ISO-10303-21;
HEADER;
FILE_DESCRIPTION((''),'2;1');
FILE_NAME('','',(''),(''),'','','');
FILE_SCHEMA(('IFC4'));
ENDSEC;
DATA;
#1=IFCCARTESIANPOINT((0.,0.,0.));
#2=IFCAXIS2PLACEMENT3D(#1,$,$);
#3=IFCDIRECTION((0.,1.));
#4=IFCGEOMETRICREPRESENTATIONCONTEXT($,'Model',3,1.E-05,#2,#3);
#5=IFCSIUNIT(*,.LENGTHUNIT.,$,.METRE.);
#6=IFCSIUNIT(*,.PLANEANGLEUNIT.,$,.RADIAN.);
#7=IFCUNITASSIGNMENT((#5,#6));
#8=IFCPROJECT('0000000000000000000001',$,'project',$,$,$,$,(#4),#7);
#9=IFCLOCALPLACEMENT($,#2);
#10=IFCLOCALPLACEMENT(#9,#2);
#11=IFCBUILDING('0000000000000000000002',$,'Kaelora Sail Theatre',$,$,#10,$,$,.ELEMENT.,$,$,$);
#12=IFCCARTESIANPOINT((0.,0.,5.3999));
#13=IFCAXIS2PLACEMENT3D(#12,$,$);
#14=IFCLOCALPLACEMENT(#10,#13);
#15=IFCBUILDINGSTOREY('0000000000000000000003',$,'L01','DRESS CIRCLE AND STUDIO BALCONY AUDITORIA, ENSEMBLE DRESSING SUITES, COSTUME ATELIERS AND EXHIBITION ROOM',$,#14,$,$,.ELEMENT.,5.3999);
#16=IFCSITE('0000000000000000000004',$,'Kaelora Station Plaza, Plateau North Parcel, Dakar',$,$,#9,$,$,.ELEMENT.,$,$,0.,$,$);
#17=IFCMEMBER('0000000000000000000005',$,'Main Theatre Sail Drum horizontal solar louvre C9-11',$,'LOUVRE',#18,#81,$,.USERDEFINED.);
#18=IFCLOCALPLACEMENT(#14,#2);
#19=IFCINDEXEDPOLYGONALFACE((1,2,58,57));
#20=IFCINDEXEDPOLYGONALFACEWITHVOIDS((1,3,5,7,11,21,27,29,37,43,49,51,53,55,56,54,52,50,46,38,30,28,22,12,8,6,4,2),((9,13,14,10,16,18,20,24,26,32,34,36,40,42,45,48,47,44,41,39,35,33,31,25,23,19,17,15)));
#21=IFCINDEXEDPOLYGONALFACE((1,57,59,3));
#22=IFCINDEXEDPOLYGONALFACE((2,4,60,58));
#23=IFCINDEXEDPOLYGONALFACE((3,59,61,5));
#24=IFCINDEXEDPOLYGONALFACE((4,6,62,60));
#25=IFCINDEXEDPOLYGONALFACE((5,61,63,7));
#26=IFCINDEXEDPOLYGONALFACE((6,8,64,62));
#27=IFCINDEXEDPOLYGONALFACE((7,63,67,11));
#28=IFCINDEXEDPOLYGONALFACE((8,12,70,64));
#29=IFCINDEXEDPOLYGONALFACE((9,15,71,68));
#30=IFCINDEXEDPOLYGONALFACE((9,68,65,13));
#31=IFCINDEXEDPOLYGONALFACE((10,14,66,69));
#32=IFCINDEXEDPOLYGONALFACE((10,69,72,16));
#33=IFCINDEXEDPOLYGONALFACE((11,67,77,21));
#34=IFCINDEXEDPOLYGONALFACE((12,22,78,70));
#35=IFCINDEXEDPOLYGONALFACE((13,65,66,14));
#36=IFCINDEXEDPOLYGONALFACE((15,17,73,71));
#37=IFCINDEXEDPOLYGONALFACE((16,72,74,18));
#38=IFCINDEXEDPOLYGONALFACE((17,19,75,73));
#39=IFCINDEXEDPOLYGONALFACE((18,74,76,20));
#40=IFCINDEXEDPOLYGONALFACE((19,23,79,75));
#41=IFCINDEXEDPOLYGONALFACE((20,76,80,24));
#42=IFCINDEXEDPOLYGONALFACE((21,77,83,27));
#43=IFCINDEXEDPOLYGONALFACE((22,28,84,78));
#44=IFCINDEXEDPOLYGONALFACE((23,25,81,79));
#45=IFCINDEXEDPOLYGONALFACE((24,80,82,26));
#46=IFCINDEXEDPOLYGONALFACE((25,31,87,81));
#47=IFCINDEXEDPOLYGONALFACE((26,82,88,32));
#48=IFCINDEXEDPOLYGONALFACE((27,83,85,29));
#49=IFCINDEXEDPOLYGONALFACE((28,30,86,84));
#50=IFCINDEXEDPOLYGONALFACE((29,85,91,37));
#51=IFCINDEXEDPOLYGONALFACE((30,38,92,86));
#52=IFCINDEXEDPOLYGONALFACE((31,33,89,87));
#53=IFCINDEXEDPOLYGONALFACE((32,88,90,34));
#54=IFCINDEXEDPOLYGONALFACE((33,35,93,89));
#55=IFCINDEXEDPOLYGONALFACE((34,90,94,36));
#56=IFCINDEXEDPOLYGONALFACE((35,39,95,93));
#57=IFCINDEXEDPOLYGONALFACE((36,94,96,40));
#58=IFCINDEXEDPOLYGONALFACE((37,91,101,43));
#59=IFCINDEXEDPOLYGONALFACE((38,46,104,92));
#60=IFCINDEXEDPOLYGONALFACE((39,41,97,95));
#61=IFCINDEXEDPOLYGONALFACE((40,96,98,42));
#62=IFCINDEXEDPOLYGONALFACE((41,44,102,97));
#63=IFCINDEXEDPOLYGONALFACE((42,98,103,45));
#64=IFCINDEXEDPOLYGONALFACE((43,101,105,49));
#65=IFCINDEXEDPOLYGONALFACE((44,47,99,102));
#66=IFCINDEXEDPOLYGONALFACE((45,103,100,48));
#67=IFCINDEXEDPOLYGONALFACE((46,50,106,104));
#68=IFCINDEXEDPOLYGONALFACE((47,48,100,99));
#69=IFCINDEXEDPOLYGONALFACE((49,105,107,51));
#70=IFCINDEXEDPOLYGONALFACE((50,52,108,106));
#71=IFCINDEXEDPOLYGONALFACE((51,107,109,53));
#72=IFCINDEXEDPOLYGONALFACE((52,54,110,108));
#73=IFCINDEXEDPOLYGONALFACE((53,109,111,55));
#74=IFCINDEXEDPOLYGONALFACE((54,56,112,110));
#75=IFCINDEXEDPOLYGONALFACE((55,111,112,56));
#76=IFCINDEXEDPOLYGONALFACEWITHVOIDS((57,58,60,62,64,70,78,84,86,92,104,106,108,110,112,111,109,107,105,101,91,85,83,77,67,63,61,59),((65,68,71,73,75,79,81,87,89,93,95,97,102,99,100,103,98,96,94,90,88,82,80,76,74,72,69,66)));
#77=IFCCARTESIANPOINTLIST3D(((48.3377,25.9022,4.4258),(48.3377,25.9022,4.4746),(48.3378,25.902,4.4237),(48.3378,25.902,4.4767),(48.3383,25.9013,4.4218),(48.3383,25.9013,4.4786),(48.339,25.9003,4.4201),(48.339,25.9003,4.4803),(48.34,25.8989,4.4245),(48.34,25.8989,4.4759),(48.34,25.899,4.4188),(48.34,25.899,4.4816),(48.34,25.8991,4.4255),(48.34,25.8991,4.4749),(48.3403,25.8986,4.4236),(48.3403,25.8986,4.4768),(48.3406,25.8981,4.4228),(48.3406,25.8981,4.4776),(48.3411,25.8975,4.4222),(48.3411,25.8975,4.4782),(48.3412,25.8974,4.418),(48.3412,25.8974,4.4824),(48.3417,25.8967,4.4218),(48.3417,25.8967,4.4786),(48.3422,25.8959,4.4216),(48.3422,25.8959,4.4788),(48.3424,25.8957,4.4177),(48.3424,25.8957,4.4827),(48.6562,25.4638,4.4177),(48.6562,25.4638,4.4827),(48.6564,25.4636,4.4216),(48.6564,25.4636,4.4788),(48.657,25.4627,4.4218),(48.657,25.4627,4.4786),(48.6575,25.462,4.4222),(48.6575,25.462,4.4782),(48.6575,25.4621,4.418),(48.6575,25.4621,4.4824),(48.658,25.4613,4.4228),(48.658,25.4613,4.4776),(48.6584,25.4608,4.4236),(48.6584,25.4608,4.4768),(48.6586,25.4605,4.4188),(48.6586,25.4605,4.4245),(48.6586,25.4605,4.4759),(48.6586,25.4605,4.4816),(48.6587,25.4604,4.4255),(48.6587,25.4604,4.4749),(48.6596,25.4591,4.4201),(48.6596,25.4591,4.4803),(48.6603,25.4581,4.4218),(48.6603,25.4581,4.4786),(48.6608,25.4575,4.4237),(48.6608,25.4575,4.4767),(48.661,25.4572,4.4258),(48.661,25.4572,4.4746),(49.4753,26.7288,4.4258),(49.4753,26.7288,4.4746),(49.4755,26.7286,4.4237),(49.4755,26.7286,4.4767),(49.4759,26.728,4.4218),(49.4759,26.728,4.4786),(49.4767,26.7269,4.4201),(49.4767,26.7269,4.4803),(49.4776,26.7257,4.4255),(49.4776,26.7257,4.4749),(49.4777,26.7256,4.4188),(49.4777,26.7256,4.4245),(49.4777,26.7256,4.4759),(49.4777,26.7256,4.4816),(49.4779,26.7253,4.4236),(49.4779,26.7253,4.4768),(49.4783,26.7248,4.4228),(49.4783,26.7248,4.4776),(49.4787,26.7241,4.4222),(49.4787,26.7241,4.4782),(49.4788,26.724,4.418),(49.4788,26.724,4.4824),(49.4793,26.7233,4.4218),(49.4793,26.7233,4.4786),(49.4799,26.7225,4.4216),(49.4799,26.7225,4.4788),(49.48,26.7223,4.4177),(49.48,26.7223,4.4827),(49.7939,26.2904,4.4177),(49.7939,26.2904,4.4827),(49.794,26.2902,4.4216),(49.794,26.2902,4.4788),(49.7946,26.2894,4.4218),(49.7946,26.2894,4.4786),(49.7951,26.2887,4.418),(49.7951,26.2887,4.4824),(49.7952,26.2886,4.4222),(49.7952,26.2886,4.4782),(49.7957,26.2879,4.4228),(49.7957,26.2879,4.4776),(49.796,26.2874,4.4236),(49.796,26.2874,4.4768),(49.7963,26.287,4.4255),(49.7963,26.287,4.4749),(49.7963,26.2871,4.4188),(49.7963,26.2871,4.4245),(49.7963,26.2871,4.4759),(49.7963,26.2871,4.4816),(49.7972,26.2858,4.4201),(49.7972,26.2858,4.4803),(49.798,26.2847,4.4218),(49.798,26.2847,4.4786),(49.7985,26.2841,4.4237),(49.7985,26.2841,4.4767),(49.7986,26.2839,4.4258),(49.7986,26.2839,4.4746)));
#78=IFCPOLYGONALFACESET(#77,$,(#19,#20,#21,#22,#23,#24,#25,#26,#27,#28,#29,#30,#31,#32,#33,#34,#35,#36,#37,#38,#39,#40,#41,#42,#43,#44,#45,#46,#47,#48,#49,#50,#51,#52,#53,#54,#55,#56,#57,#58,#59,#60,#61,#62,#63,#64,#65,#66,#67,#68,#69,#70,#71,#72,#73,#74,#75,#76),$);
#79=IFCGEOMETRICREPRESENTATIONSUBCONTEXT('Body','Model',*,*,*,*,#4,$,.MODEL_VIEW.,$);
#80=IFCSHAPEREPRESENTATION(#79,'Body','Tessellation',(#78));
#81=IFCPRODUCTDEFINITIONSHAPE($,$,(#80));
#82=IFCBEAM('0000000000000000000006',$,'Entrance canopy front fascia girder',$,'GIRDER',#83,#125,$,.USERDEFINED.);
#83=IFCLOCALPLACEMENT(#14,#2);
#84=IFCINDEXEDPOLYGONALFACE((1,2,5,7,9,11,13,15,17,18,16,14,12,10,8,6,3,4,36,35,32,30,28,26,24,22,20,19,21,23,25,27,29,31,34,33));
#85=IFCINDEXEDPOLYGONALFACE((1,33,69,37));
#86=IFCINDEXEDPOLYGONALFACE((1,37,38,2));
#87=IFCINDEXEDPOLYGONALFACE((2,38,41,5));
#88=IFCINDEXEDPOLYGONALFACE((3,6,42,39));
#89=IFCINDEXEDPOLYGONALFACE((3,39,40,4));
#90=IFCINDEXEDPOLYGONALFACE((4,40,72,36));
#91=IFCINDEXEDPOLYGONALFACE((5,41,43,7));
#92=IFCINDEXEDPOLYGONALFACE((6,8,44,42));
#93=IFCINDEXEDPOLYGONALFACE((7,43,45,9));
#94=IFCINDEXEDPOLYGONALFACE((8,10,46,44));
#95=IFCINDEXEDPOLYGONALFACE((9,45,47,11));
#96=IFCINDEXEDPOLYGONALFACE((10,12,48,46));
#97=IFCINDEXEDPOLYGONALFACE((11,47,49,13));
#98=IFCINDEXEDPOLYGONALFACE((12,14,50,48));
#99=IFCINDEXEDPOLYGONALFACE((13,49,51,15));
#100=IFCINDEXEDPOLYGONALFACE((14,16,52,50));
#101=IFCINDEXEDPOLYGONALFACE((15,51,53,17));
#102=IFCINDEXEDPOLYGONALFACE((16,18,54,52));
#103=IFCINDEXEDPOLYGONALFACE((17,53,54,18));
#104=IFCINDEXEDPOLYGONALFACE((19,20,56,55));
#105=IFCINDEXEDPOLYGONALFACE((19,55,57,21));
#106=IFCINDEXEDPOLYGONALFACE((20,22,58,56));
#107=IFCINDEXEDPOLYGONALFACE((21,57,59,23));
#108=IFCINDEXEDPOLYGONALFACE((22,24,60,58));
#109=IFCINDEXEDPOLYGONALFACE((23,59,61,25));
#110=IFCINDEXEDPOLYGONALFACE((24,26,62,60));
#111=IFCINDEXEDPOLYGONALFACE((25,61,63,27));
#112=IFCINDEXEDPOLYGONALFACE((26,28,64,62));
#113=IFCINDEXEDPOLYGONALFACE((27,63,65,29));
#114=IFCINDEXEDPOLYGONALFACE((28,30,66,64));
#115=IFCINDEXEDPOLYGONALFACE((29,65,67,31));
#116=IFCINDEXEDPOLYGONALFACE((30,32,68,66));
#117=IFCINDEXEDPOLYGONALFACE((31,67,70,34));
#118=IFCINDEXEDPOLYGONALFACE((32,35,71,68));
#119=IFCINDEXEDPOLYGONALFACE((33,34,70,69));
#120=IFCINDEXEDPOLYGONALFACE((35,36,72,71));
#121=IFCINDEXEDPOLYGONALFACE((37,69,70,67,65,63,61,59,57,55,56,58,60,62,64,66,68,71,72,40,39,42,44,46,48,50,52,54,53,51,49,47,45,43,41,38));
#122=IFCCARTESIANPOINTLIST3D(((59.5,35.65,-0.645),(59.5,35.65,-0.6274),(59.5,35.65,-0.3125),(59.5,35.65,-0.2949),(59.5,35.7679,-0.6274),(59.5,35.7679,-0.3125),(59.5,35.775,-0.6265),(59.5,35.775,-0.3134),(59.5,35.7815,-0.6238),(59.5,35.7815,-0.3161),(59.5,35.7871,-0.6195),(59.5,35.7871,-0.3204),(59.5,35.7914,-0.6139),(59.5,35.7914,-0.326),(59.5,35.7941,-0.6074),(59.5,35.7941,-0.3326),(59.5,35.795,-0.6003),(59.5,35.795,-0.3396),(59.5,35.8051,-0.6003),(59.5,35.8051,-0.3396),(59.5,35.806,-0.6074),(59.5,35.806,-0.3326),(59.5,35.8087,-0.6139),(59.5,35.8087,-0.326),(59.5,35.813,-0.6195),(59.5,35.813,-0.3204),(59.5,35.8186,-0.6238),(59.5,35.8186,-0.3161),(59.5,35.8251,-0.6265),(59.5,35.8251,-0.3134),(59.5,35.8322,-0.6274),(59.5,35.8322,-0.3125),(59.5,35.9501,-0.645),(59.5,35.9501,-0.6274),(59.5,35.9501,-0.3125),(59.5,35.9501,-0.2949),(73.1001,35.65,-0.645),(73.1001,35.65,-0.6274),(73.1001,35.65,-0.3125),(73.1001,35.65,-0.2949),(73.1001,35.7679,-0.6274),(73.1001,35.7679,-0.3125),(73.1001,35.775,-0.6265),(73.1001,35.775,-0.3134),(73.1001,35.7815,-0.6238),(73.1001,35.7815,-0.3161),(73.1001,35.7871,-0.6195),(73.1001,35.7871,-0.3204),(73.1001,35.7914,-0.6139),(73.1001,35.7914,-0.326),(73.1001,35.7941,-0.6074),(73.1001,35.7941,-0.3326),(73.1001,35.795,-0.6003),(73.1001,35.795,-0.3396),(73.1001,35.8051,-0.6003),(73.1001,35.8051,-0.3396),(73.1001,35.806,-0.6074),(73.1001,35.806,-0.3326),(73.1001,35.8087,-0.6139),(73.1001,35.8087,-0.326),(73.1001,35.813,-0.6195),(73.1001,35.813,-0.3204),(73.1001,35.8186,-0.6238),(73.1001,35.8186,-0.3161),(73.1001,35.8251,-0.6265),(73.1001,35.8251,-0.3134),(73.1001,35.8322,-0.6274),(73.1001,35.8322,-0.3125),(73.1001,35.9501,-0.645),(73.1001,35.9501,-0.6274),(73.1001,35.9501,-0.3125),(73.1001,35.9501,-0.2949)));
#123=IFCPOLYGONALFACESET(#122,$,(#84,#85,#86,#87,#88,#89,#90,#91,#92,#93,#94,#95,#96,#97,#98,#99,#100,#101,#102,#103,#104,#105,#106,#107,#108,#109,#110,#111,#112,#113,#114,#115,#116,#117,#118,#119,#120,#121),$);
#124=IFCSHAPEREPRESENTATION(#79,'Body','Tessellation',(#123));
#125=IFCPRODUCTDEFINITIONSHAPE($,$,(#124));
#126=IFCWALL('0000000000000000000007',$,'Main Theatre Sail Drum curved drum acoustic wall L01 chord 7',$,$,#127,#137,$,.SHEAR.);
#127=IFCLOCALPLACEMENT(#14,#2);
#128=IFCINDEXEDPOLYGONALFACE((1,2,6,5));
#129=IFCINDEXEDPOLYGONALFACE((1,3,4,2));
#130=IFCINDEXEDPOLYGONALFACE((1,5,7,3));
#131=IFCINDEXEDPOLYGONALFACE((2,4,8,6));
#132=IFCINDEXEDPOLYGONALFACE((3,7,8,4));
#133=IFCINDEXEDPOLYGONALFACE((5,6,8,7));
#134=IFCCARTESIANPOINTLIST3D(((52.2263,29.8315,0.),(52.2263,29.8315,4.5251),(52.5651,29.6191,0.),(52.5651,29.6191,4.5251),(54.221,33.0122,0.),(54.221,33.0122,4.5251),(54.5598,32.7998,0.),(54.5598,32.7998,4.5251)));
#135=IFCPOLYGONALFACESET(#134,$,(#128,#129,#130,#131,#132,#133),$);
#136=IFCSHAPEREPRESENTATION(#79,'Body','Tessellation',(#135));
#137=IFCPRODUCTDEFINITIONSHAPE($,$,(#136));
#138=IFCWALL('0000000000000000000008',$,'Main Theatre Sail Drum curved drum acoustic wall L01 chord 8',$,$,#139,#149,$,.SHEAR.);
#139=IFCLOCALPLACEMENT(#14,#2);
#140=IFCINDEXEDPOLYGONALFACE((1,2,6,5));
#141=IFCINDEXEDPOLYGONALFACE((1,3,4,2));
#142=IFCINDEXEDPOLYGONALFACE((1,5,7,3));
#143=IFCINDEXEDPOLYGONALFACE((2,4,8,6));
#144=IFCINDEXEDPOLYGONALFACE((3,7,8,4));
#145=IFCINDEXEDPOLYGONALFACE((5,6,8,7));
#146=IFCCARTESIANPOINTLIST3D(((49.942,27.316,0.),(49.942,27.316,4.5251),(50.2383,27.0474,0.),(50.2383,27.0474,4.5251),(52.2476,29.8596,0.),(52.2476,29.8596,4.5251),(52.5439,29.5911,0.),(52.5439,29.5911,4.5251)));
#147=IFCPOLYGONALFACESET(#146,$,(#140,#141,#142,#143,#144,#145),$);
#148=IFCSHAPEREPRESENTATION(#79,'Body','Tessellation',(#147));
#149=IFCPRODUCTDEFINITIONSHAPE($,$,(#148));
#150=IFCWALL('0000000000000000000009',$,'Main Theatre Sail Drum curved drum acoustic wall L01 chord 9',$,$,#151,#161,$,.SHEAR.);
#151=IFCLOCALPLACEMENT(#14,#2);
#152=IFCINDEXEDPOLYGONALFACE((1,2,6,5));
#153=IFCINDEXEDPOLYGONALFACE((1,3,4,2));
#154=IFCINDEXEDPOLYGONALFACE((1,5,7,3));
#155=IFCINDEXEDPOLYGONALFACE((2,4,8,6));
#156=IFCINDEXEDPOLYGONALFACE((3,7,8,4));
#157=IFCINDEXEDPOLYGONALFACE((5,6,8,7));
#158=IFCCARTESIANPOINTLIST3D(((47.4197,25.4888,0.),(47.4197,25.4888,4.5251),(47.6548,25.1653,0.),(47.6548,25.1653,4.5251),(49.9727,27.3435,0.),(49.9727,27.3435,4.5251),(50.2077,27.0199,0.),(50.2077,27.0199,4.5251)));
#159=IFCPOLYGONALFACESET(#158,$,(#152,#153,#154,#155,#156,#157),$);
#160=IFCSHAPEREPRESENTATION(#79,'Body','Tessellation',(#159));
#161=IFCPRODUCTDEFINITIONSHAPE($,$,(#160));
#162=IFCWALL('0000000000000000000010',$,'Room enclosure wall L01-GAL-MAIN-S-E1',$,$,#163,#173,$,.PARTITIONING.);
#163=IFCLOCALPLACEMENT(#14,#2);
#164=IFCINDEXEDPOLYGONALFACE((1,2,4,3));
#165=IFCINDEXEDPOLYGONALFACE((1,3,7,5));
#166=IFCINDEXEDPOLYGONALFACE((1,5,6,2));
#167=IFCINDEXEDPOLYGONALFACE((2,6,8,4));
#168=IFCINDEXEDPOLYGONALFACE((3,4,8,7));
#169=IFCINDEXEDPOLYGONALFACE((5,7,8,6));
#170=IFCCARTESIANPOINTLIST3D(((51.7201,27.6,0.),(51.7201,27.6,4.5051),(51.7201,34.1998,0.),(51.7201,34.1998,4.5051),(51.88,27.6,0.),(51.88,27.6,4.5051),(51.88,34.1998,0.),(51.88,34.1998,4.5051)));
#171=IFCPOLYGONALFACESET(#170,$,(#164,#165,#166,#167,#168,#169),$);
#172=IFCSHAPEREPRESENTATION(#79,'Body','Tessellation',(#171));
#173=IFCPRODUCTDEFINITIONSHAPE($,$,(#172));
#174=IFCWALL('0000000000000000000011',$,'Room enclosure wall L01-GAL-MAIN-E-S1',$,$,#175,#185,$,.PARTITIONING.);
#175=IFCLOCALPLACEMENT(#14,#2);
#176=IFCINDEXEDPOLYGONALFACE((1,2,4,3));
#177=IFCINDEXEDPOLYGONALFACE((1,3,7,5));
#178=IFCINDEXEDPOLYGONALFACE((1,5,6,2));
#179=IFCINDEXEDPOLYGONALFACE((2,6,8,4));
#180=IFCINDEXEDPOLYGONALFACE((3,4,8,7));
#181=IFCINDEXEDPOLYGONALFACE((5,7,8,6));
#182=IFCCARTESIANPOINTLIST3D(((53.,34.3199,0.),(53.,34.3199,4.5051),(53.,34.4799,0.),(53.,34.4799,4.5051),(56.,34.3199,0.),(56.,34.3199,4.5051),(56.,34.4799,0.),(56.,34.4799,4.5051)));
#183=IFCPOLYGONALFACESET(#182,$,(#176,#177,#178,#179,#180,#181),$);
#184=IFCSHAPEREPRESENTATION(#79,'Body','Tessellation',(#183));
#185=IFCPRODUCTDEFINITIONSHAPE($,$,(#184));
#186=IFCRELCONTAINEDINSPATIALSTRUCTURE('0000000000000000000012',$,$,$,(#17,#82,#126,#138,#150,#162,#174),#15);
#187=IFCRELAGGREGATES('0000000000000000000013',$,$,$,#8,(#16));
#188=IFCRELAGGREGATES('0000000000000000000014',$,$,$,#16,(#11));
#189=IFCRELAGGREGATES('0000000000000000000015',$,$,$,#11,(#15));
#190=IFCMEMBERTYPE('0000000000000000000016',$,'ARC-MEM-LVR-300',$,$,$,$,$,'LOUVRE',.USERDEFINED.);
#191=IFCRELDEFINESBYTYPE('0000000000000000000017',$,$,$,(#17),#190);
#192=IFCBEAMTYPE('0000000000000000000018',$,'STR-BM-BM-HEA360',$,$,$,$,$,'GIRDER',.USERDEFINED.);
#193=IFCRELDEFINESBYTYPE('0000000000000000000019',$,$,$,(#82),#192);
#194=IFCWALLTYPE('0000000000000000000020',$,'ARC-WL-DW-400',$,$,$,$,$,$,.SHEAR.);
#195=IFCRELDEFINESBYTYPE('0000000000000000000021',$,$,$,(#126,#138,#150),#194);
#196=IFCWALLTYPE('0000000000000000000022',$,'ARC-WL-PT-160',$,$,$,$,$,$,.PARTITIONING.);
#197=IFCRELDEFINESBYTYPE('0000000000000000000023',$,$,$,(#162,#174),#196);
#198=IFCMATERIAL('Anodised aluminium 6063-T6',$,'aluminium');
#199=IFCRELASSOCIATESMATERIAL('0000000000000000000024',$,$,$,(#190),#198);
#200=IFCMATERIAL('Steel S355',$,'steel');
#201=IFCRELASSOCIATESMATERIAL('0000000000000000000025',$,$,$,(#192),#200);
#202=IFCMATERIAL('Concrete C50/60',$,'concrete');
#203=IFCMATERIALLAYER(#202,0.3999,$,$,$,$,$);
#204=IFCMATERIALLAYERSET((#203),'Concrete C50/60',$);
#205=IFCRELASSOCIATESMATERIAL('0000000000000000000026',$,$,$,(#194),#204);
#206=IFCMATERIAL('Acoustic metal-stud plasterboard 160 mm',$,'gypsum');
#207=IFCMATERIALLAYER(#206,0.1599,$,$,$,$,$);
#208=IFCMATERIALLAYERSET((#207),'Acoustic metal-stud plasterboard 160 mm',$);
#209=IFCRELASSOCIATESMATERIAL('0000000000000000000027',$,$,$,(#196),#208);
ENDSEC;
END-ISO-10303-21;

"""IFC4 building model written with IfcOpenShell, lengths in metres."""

from ifc_helpers import new_model, si_unit, direction, frame, frame_2d, origin, origin_2d, place, context, subcontext, project, spatial, rectangle, hollow_rectangle, i_section, extrude, material, layer, layer_set, material_profile, profile_set, type_object, element, save


model = new_model("IFC4")

# Units and contexts
model_context = context("Model", 3, precision=1e-05, world=origin(), true_north=direction((0.0, 1.0)))
body_context = subcontext(model_context, "Body", "Model", "MODEL_VIEW")
ifc_project = project(units=[si_unit("LENGTHUNIT", "METRE"), si_unit("PLANEANGLEUNIT", "RADIAN")], contexts=[model_context])

# Site, building, storey
site_placement = place(None, origin())
site = spatial("IfcSite", under=ifc_project, at=site_placement, Name="Kaelora Station Plaza, Plateau North Parcel, Dakar", CompositionType="ELEMENT", RefElevation=0.0)
building_placement = place(site_placement, origin())
building = spatial("IfcBuilding", under=site, at=building_placement, Name="Kaelora Sail Theatre", CompositionType="ELEMENT")
storey_placement = place(building_placement, frame((0.0, 0.0, 5.3999)))
storey = spatial("IfcBuildingStorey", under=building, at=storey_placement, Name="L01", Description="DRESS CIRCLE AND STUDIO BALCONY AUDITORIA, ENSEMBLE DRESSING SUITES, COSTUME ATELIERS AND EXHIBITION ROOM", CompositionType="ELEMENT", Elevation=5.3999)

# Member
ifc_material_1 = material(Name="Anodised aluminium 6063-T6", Category="aluminium")
ifc_material_profile_1 = material_profile(ifc_material_1, hollow_rectangle(XDim=0.55, YDim=0.0649, WallThickness=0.0039, InnerFilletRadius=0.0039, OuterFilletRadius=0.0081, at=origin_2d()), Name="LOUVRE 550x65x4")
ifc_profile_set_1 = profile_set([ifc_material_profile_1], Name="Anodised aluminium 6063-T6")
member_type = type_object("IfcMemberType", Name="ARC-MEM-LVR-300", ElementType="LOUVRE", PredefinedType="USERDEFINED", material=ifc_profile_set_1)
for number, where, z_axis, x_axis, name in (
    (1, (49.637, 26.5063, 4.4502), (-0.808991, -0.587821, 0.0), (0.587821, -0.808991, 0.0), "Main Theatre Sail Drum horizontal solar louvre C9-11"),
):
    element("IfcMember", number, at=place(storey_placement, frame(where, z_axis=z_axis, x_axis=x_axis)), inside=storey, type_object=member_type, Name=name, ObjectType="LOUVRE", PredefinedType="USERDEFINED", context=body_context, shape_type="SweptSolid", body=[
        extrude(hollow_rectangle(XDim=0.55, YDim=0.0649, WallThickness=0.0039, InnerFilletRadius=0.0039, OuterFilletRadius=0.0081, at=origin_2d()), origin(), (0.0, 0.0, 1.0), 1.4062),
    ])

# Beam
ifc_material_2 = material(Name="Steel S355", Category="steel")
ifc_material_profile_2 = material_profile(ifc_material_2, i_section(OverallWidth=0.3, OverallDepth=0.3501, WebThickness=0.01, FlangeThickness=0.0176, FilletRadius=0.0271, at=origin_2d()), Name="HEA 360")
ifc_profile_set_2 = profile_set([ifc_material_profile_2], Name="Steel S355")
beam_type = type_object("IfcBeamType", Name="STR-BM-BM-HEA360", ElementType="GIRDER", PredefinedType="USERDEFINED", material=ifc_profile_set_2)
beam_placement = place(storey_placement, frame((59.5, 35.8, -0.47), z_axis=(1.0, 0.0, 0.0), x_axis=(0.0, 1.0, 0.0)))
element("IfcBeam", 2, at=beam_placement, inside=storey, type_object=beam_type, Name="Entrance canopy front fascia girder", ObjectType="GIRDER", PredefinedType="USERDEFINED", context=body_context, shape_type="SweptSolid", body=[
    extrude(i_section(OverallWidth=0.3, OverallDepth=0.3501, WebThickness=0.01, FlangeThickness=0.0176, FilletRadius=0.0271, at=origin_2d()), origin(), (0.0, 0.0, 1.0), 13.6001),
])

# Walls
ifc_material_3 = material(Name="Concrete C50/60", Category="concrete")
ifc_layer_1 = layer(ifc_material_3, 0.3999)
ifc_layer_set_1 = layer_set([ifc_layer_1], Name="Concrete C50/60")
wall_type_1 = type_object("IfcWallType", Name="ARC-WL-DW-400", PredefinedType="SHEAR", material=ifc_layer_set_1)
wall_1_placement = place(storey_placement, frame((54.3904, 32.906, 0.0), z_axis=(0.0, 0.0, 1.0), x_axis=(-0.531284, -0.847194, 0.0)))
element("IfcWall", 3, at=wall_1_placement, inside=storey, type_object=wall_type_1, Name="Main Theatre Sail Drum curved drum acoustic wall L01 chord 7", PredefinedType="SHEAR", context=body_context, shape_type="SweptSolid", body=[
    extrude(rectangle(XDim=3.7544, YDim=0.3999, at=frame_2d((1.8772, 0.0))), origin(), (0.0, 0.0, 1.0), 4.5251),
])
wall_2_placement = place(storey_placement, frame((52.3958, 29.7253, 0.0), z_axis=(0.0, 0.0, 1.0), x_axis=(-0.671589, -0.740924, 0.0)))
element("IfcWall", 4, at=wall_2_placement, inside=storey, type_object=wall_type_1, Name="Main Theatre Sail Drum curved drum acoustic wall L01 chord 8", PredefinedType="SHEAR", context=body_context, shape_type="SweptSolid", body=[
    extrude(rectangle(XDim=3.4331, YDim=0.3999, at=frame_2d((1.7166, 0.0))), origin(), (0.0, 0.0, 1.0), 4.5251),
])
wall_3_placement = place(storey_placement, frame((50.0901, 27.1816, 0.0), z_axis=(0.0, 0.0, 1.0), x_axis=(-0.809034, -0.587762, 0.0)))
element("IfcWall", 5, at=wall_3_placement, inside=storey, type_object=wall_type_1, Name="Main Theatre Sail Drum curved drum acoustic wall L01 chord 9", PredefinedType="SHEAR", context=body_context, shape_type="SweptSolid", body=[
    extrude(rectangle(XDim=3.1555, YDim=0.3999, at=frame_2d((1.5776, 0.0))), origin(), (0.0, 0.0, 1.0), 4.5251),
])
ifc_material_4 = material(Name="Acoustic metal-stud plasterboard 160 mm", Category="gypsum")
ifc_layer_2 = layer(ifc_material_4, 0.1599)
ifc_layer_set_2 = layer_set([ifc_layer_2], Name="Acoustic metal-stud plasterboard 160 mm")
wall_type_2 = type_object("IfcWallType", Name="ARC-WL-PT-160", PredefinedType="PARTITIONING", material=ifc_layer_set_2)
wall_4_placement = place(storey_placement, frame((51.8, 27.6001, 0.0), z_axis=(0.0, 0.0, 1.0), x_axis=(0.0, 1.0, 0.0)))
element("IfcWall", 6, at=wall_4_placement, inside=storey, type_object=wall_type_2, Name="Room enclosure wall L01-GAL-MAIN-S-E1", PredefinedType="PARTITIONING", context=body_context, shape_type="SweptSolid", body=[
    extrude(rectangle(XDim=6.5999, YDim=0.1599, at=frame_2d((3.2998, 0.0))), origin(), (0.0, 0.0, 1.0), 4.5051),
])
wall_5_placement = place(storey_placement, frame((53.0, 34.3999, 0.0), z_axis=(0.0, 0.0, 1.0), x_axis=(1.0, 0.0, 0.0)))
element("IfcWall", 7, at=wall_5_placement, inside=storey, type_object=wall_type_2, Name="Room enclosure wall L01-GAL-MAIN-E-S1", PredefinedType="PARTITIONING", context=body_context, shape_type="SweptSolid", body=[
    extrude(rectangle(XDim=3.0, YDim=0.1599, at=frame_2d((1.5, 0.0))), origin(), (0.0, 0.0, 1.0), 4.5051),
])

save(model, "model.ifc")
